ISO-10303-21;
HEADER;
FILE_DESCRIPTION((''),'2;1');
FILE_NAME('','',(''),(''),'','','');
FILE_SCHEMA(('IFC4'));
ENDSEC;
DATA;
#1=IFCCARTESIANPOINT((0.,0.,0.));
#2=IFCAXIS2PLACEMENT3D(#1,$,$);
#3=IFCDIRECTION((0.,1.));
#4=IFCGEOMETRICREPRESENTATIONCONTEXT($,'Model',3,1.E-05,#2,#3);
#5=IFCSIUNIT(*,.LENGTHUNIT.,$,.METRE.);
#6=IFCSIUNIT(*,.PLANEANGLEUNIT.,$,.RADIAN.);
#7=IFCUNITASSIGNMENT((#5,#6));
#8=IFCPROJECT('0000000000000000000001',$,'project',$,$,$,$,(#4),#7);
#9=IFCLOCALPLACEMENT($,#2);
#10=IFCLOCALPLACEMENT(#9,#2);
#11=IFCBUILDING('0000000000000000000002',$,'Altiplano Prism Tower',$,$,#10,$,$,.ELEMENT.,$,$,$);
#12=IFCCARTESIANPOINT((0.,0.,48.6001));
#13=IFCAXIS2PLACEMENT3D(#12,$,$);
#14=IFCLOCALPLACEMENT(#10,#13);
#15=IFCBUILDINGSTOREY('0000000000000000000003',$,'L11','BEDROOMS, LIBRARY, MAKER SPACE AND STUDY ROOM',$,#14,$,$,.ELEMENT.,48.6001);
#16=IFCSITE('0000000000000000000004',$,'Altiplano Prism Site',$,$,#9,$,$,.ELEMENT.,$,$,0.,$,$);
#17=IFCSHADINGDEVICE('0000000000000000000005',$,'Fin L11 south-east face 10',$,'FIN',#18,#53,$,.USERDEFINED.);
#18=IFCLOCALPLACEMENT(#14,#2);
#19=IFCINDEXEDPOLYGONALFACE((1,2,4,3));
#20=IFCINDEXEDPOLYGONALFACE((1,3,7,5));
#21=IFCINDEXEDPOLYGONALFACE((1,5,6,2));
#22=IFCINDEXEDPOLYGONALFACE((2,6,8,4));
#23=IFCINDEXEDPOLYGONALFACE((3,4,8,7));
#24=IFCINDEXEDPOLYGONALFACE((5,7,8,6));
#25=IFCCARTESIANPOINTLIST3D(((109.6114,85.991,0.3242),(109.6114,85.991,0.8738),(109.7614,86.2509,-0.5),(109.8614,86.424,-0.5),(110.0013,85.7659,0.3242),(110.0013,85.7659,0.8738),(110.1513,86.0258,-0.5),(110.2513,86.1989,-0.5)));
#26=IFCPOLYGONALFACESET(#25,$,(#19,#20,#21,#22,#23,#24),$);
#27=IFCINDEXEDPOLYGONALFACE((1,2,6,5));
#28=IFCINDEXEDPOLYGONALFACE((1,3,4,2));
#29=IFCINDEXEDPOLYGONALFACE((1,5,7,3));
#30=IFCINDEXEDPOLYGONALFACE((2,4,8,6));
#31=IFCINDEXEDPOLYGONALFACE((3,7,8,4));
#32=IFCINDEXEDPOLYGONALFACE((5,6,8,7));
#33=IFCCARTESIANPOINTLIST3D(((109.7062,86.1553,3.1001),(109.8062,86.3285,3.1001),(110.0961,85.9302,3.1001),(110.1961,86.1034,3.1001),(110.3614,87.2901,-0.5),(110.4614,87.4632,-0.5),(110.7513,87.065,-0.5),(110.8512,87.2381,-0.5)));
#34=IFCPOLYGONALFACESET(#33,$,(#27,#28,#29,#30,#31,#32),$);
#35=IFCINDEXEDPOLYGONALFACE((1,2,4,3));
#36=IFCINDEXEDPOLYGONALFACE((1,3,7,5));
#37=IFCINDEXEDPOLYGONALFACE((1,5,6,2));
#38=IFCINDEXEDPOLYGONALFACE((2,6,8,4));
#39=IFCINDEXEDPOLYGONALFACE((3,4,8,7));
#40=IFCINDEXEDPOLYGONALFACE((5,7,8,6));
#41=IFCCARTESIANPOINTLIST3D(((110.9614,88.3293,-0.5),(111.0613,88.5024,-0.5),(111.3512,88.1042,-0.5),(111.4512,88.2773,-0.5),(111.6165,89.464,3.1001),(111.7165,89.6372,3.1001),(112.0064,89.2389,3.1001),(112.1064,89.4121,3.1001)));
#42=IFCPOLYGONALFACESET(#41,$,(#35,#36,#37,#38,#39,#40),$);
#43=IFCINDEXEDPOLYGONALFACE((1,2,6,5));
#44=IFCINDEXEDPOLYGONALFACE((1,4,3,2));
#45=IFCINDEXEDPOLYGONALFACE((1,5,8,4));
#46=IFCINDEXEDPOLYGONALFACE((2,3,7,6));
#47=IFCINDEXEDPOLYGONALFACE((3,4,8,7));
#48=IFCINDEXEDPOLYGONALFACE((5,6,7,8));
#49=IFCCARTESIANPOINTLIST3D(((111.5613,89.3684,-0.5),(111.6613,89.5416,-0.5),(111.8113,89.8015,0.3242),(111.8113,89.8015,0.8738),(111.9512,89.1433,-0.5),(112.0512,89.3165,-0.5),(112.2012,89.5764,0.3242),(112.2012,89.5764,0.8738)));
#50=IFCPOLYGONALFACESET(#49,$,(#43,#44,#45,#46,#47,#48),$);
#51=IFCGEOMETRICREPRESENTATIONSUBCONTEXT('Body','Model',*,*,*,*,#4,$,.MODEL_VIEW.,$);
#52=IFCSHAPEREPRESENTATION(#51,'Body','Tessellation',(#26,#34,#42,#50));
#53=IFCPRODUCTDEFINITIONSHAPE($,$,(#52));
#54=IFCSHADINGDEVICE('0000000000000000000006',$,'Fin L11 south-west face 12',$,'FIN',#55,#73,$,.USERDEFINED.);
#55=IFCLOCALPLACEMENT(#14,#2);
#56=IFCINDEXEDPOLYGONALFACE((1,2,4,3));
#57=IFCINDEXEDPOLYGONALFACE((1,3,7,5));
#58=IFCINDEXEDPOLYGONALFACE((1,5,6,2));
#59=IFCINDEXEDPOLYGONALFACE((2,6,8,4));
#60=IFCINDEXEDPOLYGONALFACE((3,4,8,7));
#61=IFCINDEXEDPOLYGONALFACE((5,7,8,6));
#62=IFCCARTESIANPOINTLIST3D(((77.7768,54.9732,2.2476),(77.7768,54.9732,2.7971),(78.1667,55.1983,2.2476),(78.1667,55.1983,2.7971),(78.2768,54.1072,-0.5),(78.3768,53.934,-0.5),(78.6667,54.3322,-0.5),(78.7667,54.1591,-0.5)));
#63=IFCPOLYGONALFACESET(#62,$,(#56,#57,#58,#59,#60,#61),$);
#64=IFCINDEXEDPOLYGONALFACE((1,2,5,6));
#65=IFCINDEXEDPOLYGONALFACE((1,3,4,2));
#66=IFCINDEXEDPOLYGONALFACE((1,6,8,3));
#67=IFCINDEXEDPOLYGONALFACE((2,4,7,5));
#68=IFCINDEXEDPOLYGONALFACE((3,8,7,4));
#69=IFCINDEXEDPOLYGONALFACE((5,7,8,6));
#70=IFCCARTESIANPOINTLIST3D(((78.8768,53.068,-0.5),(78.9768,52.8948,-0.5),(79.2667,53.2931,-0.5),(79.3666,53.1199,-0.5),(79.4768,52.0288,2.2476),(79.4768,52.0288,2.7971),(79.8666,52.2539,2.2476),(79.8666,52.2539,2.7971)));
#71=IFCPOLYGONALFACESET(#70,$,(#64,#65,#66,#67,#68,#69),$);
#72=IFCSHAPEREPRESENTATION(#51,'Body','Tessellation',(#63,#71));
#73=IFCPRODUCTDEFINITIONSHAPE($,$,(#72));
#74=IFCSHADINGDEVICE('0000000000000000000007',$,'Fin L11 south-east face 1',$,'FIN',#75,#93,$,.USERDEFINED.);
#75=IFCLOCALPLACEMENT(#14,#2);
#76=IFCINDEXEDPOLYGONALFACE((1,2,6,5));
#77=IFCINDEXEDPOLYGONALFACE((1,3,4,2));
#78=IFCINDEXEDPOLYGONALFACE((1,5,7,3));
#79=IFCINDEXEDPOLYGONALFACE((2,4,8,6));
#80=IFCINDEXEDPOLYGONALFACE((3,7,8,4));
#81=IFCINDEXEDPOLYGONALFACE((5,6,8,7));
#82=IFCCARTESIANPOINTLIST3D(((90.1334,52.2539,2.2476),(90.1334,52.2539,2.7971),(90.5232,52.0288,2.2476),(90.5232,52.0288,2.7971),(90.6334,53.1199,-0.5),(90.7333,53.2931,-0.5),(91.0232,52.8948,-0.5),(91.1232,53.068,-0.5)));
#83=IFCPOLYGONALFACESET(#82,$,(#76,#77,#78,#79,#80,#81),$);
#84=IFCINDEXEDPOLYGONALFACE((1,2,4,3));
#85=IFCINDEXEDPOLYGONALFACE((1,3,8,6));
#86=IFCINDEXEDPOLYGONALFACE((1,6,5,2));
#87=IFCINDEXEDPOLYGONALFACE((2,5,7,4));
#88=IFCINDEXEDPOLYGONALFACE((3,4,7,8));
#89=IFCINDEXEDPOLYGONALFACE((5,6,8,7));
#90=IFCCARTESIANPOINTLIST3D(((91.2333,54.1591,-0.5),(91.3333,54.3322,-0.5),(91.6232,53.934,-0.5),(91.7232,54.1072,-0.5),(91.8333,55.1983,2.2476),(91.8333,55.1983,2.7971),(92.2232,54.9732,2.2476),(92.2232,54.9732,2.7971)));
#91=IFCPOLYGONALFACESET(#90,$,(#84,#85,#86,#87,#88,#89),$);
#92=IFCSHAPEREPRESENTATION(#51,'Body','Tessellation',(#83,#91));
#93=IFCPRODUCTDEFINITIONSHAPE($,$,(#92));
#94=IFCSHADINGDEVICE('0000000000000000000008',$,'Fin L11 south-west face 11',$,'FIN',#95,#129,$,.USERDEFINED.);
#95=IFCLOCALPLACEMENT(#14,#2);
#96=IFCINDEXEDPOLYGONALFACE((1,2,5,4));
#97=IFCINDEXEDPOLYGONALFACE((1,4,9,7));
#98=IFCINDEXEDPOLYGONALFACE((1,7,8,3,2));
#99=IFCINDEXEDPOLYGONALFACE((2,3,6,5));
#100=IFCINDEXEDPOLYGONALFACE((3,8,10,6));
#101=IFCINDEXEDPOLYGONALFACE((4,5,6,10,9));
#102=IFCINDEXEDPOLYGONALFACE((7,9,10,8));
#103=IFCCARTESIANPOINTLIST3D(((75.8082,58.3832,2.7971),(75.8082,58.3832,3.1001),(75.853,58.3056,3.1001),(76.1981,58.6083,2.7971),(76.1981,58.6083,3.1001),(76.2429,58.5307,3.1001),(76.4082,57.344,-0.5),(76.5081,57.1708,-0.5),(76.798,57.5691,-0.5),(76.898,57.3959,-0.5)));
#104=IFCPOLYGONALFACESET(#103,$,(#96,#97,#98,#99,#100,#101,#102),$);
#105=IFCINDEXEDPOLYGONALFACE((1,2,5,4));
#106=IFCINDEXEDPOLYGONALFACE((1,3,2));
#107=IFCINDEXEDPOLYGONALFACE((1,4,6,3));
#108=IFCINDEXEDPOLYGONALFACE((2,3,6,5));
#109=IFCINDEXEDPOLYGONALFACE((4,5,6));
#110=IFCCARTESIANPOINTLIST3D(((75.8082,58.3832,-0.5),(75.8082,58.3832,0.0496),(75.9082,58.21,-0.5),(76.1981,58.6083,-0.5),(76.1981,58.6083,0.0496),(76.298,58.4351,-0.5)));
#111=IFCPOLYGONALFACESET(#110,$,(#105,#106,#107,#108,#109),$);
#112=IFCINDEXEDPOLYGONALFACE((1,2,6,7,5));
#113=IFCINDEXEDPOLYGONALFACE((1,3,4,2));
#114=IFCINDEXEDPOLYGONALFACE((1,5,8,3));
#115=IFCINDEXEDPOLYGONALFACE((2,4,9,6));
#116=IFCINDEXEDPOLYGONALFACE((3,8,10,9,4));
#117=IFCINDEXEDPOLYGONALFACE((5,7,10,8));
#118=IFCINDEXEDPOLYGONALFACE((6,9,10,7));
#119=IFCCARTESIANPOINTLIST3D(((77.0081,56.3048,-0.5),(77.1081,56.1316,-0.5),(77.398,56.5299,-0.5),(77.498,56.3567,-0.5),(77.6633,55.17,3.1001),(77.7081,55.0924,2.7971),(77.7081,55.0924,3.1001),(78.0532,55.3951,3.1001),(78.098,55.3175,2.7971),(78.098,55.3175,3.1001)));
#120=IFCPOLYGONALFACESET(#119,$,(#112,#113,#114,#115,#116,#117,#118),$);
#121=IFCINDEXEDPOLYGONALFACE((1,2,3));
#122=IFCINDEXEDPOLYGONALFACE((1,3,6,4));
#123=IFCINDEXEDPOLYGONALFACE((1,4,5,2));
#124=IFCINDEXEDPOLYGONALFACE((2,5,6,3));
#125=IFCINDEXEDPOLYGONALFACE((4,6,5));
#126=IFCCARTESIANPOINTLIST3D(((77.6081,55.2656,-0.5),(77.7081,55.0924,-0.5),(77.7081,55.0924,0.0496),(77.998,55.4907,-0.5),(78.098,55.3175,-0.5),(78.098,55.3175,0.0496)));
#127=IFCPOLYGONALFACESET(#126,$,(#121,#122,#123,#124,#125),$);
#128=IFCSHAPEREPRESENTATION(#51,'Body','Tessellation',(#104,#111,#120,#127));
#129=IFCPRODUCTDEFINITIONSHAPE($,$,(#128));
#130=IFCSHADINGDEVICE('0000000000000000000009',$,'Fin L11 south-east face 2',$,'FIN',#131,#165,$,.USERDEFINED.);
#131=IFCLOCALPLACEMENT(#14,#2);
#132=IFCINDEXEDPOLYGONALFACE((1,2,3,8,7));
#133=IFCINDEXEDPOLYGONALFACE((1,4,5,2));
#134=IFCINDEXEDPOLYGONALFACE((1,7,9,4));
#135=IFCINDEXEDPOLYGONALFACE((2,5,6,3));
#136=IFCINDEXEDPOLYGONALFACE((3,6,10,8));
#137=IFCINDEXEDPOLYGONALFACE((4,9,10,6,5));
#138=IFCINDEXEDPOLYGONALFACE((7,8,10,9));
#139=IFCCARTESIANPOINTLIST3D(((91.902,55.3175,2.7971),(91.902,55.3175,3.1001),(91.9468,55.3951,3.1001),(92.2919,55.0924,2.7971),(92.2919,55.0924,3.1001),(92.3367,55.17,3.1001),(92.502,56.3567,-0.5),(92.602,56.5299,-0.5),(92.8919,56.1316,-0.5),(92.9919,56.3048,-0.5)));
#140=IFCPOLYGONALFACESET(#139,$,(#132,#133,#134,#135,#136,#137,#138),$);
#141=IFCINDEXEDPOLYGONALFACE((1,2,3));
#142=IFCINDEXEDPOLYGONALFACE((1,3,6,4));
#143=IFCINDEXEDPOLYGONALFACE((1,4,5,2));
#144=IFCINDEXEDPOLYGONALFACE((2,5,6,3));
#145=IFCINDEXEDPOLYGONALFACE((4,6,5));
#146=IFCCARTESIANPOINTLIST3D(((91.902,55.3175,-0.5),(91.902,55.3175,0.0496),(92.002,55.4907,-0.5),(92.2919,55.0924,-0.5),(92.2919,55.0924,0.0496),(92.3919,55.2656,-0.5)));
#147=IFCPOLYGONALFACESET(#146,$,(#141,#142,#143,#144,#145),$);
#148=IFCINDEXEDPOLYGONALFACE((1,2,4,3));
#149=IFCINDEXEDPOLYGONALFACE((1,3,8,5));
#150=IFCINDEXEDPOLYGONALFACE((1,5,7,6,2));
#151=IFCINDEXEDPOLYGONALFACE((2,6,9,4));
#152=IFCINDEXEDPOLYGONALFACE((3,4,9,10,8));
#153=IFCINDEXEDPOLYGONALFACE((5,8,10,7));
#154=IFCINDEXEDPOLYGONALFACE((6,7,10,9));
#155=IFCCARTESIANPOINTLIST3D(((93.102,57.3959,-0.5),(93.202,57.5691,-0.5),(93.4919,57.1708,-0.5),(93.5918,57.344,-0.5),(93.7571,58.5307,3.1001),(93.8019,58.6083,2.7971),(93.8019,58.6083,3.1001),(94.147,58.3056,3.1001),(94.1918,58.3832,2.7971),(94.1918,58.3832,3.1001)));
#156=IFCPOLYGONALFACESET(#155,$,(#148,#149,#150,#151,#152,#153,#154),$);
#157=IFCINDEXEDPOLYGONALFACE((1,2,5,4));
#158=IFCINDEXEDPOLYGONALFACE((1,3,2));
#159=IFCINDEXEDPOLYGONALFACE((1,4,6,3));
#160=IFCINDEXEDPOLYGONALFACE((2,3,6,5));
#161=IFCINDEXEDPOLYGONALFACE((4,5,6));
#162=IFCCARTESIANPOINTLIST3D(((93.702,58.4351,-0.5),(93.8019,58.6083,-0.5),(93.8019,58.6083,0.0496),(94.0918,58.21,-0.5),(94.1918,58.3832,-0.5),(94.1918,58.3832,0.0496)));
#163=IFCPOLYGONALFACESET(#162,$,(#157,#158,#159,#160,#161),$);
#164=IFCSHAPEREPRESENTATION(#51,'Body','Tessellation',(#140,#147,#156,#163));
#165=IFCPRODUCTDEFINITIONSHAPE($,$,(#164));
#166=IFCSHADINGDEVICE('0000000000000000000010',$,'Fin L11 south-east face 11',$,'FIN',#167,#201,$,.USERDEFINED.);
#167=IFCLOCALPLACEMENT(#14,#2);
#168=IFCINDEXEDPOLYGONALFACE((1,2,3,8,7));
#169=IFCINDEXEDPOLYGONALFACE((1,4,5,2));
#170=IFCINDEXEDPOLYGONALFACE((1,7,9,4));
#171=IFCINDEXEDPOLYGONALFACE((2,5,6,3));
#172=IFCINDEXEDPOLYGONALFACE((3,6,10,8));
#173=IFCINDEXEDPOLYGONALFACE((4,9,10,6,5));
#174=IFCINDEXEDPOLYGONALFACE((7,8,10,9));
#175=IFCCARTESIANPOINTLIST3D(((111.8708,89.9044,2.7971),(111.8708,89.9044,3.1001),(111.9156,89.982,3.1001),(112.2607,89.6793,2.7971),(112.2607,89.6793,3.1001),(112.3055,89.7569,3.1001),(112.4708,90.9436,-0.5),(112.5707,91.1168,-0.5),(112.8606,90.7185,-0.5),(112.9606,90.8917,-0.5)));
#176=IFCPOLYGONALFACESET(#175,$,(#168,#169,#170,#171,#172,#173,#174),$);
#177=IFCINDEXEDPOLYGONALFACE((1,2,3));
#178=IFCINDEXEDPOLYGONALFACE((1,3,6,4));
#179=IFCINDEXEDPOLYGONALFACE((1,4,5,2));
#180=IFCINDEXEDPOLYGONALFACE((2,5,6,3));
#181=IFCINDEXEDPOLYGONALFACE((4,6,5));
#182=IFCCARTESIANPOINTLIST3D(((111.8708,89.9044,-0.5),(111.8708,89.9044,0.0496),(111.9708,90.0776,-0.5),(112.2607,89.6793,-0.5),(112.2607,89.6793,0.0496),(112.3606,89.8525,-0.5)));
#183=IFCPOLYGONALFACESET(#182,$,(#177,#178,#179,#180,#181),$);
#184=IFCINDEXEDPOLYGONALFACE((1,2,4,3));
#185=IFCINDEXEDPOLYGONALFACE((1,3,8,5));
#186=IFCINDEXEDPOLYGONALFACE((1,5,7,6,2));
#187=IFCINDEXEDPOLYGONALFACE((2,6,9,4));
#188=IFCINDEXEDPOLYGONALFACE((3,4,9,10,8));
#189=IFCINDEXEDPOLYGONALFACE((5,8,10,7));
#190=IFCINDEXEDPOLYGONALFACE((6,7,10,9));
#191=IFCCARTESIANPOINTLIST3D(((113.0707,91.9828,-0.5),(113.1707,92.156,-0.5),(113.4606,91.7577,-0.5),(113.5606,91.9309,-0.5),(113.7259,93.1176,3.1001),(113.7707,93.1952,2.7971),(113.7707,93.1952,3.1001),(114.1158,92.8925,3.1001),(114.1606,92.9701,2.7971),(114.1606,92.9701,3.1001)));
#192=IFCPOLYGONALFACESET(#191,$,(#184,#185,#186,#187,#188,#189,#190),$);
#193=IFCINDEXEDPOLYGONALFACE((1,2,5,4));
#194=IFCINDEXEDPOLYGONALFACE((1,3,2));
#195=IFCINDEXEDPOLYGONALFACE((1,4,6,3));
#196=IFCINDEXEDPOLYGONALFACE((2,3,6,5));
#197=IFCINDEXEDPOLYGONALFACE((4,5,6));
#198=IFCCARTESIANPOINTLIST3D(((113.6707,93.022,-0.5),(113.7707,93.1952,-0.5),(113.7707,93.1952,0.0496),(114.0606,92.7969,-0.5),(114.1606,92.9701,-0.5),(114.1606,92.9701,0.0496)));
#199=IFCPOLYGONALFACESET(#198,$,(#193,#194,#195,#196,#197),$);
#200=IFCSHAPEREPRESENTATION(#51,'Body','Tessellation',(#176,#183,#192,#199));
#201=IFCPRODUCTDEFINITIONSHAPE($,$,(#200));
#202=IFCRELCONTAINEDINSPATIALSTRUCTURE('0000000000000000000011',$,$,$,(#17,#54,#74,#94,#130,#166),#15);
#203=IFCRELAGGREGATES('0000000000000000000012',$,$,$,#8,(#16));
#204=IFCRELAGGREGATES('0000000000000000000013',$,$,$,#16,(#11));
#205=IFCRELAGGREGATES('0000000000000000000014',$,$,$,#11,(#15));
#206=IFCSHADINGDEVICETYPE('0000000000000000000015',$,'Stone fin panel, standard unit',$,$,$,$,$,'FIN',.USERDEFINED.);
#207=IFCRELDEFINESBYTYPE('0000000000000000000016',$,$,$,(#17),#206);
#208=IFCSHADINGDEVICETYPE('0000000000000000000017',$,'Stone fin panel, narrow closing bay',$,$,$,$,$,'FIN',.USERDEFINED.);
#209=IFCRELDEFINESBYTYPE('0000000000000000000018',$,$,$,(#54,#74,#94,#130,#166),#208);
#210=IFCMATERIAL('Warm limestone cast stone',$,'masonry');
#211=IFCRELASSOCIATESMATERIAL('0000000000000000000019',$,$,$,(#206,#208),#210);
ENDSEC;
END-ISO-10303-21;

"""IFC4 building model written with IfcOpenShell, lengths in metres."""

from ifc_helpers import new_model, si_unit, direction, frame, origin, place, context, subcontext, project, spatial, polyline, outline, extrude, source, transform, mapped, material, type_object, element, save


model = new_model("IFC4")

# Units and contexts
model_context = context("Model", 3, precision=1e-05, world=origin(), true_north=direction((0.0, 1.0)))
body_context = subcontext(model_context, "Body", "Model", "MODEL_VIEW")
ifc_project = project(units=[si_unit("LENGTHUNIT", "METRE"), si_unit("PLANEANGLEUNIT", "RADIAN")], contexts=[model_context])

# Site, building, storey
site_placement = place(None, origin())
site = spatial("IfcSite", under=ifc_project, at=site_placement, Name="Altiplano Prism Site", CompositionType="ELEMENT", RefElevation=0.0)
building_placement = place(site_placement, origin())
building = spatial("IfcBuilding", under=site, at=building_placement, Name="Altiplano Prism Tower", CompositionType="ELEMENT")
storey_placement = place(building_placement, frame((0.0, 0.0, 48.6001)))
storey = spatial("IfcBuildingStorey", under=building, at=storey_placement, Name="L11", Description="BEDROOMS, LIBRARY, MAKER SPACE AND STUDY ROOM", CompositionType="ELEMENT", Elevation=48.6001)

# Shading devices
ifc_material_1 = material(Name="Warm limestone cast stone", Category="masonry")
shading_device_type_1 = type_object("IfcShadingDeviceType", Name="Stone fin panel, standard unit", ElementType="FIN", PredefinedType="USERDEFINED", material=ifc_material_1)
shared_shape_1 = source(origin(), body_context, "Body", "SweptSolid", [
    extrude(outline(polyline([(-2.2, 1.3738), (-2.2, 0.8242), (-1.8999, 0.0), (-1.7, 0.0), (-2.2, 1.3738)])), frame((0.0, -0.1499, 0.0), z_axis=(0.0, -1.0, 0.0), x_axis=(1.0, 0.0, 0.0)), (0.0, 0.0, 1.0), 0.4502),
    extrude(outline(polyline([(-2.0103, 3.6001), (-0.7, 0.0), (-0.5, 0.0), (-1.8103, 3.6001), (-2.0103, 3.6001)])), frame((0.0, -0.1499, 0.0), z_axis=(0.0, -1.0, 0.0), x_axis=(1.0, 0.0, 0.0)), (0.0, 0.0, 1.0), 0.4502),
    extrude(outline(polyline([(1.8103, 3.6001), (0.5, 0.0), (0.7, 0.0), (2.0103, 3.6001), (1.8103, 3.6001)])), frame((0.0, -0.1499, 0.0), z_axis=(0.0, -1.0, 0.0), x_axis=(1.0, 0.0, 0.0)), (0.0, 0.0, 1.0), 0.4502),
    extrude(outline(polyline([(2.2, 0.8242), (2.2, 1.3738), (1.7, 0.0), (1.8999, 0.0), (2.2, 0.8242)])), frame((0.0, -0.1499, 0.0), z_axis=(0.0, -1.0, 0.0), x_axis=(1.0, 0.0, 0.0)), (0.0, 0.0, 1.0), 0.4502),
])
shading_device_1_placement = place(storey_placement, origin())
element("IfcShadingDevice", 1, at=shading_device_1_placement, inside=storey, type_object=shading_device_type_1, Name="Fin L11 south-east face 10", ObjectType="FIN", PredefinedType="USERDEFINED", context=body_context, shape_type="MappedRepresentation", body=[
    mapped(shared_shape_1, transform((110.5815, 87.9712, -0.5), x_axis=(0.5, 0.866025, 0.0), y_axis=(-0.866025, 0.5, 0.0), z_axis=(0.0, 0.0, 1.0))),
])
shading_device_type_2 = type_object("IfcShadingDeviceType", Name="Stone fin panel, narrow closing bay", ElementType="FIN", PredefinedType="USERDEFINED", material=ifc_material_1)
shared_shape_2 = source(origin(), body_context, "Body", "SweptSolid", [
    extrude(outline(polyline([(-1.7, 3.2971), (-1.7, 2.7476), (-0.7, 0.0), (-0.5, 0.0), (-1.7, 3.2971)])), frame((0.0, -0.1499, 0.0), z_axis=(0.0, -1.0, 0.0), x_axis=(1.0, 0.0, 0.0)), (0.0, 0.0, 1.0), 0.4502),
    extrude(outline(polyline([(1.7, 2.7476), (1.7, 3.2971), (0.5, 0.0), (0.7, 0.0), (1.7, 2.7476)])), frame((0.0, -0.1499, 0.0), z_axis=(0.0, -1.0, 0.0), x_axis=(1.0, 0.0, 0.0)), (0.0, 0.0, 1.0), 0.4502),
])
shading_device_2_placement = place(storey_placement, origin())
element("IfcShadingDevice", 2, at=shading_device_2_placement, inside=storey, type_object=shading_device_type_2, Name="Fin L11 south-west face 12", ObjectType="FIN", PredefinedType="USERDEFINED", context=body_context, shape_type="MappedRepresentation", body=[
    mapped(shared_shape_2, transform((79.1465, 53.801, -0.5), x_axis=(0.5, -0.866025, 0.0), y_axis=(0.866025, 0.5, 0.0), z_axis=(0.0, 0.0, 1.0))),
])
shading_device_3_placement = place(storey_placement, origin())
element("IfcShadingDevice", 3, at=shading_device_3_placement, inside=storey, type_object=shading_device_type_2, Name="Fin L11 south-east face 1", ObjectType="FIN", PredefinedType="USERDEFINED", context=body_context, shape_type="MappedRepresentation", body=[
    mapped(shared_shape_2, transform((90.8535, 53.801, -0.5), x_axis=(0.5, 0.866025, 0.0), y_axis=(-0.866025, 0.5, 0.0), z_axis=(0.0, 0.0, 1.0))),
])
shared_shape_3 = source(origin(), body_context, "Body", "SweptSolid", [
    extrude(outline(polyline([(-1.8999, 3.6001), (-1.8999, 3.2971), (-0.7, 0.0), (-0.5, 0.0), (-1.8103, 3.6001), (-1.8999, 3.6001)])), frame((0.0, -0.1499, 0.0), z_axis=(0.0, -1.0, 0.0), x_axis=(1.0, 0.0, 0.0)), (0.0, 0.0, 1.0), 0.4502),
    extrude(outline(polyline([(-1.8999, 0.5496), (-1.8999, 0.0), (-1.7, 0.0), (-1.8999, 0.5496)])), frame((0.0, -0.1499, 0.0), z_axis=(0.0, -1.0, 0.0), x_axis=(1.0, 0.0, 0.0)), (0.0, 0.0, 1.0), 0.4502),
    extrude(outline(polyline([(1.8103, 3.6001), (0.5, 0.0), (0.7, 0.0), (1.8999, 3.2971), (1.8999, 3.6001), (1.8103, 3.6001)])), frame((0.0, -0.1499, 0.0), z_axis=(0.0, -1.0, 0.0), x_axis=(1.0, 0.0, 0.0)), (0.0, 0.0, 1.0), 0.4502),
    extrude(outline(polyline([(1.8999, 0.0), (1.8999, 0.5496), (1.7, 0.0), (1.8999, 0.0)])), frame((0.0, -0.1499, 0.0), z_axis=(0.0, -1.0, 0.0), x_axis=(1.0, 0.0, 0.0)), (0.0, 0.0, 1.0), 0.4502),
])
shading_device_4_placement = place(storey_placement, origin())
element("IfcShadingDevice", 4, at=shading_device_4_placement, inside=storey, type_object=shading_device_type_2, Name="Fin L11 south-west face 11", ObjectType="FIN", PredefinedType="USERDEFINED", context=body_context, shape_type="MappedRepresentation", body=[
    mapped(shared_shape_3, transform((77.2778, 57.0378, -0.5), x_axis=(0.5, -0.866025, 0.0), y_axis=(0.866025, 0.5, 0.0), z_axis=(0.0, 0.0, 1.0))),
])
shading_device_5_placement = place(storey_placement, origin())
element("IfcShadingDevice", 5, at=shading_device_5_placement, inside=storey, type_object=shading_device_type_2, Name="Fin L11 south-east face 2", ObjectType="FIN", PredefinedType="USERDEFINED", context=body_context, shape_type="MappedRepresentation", body=[
    mapped(shared_shape_3, transform((92.7222, 57.0378, -0.5), x_axis=(0.5, 0.866025, 0.0), y_axis=(-0.866025, 0.5, 0.0), z_axis=(0.0, 0.0, 1.0))),
])
shading_device_6_placement = place(storey_placement, origin())
element("IfcShadingDevice", 6, at=shading_device_6_placement, inside=storey, type_object=shading_device_type_2, Name="Fin L11 south-east face 11", ObjectType="FIN", PredefinedType="USERDEFINED", context=body_context, shape_type="MappedRepresentation", body=[
    mapped(shared_shape_3, transform((112.6909, 91.6248, -0.5), x_axis=(0.5, 0.866025, 0.0), y_axis=(-0.866025, 0.5, 0.0), z_axis=(0.0, 0.0, 1.0))),
])

save(model, "model.ifc")
